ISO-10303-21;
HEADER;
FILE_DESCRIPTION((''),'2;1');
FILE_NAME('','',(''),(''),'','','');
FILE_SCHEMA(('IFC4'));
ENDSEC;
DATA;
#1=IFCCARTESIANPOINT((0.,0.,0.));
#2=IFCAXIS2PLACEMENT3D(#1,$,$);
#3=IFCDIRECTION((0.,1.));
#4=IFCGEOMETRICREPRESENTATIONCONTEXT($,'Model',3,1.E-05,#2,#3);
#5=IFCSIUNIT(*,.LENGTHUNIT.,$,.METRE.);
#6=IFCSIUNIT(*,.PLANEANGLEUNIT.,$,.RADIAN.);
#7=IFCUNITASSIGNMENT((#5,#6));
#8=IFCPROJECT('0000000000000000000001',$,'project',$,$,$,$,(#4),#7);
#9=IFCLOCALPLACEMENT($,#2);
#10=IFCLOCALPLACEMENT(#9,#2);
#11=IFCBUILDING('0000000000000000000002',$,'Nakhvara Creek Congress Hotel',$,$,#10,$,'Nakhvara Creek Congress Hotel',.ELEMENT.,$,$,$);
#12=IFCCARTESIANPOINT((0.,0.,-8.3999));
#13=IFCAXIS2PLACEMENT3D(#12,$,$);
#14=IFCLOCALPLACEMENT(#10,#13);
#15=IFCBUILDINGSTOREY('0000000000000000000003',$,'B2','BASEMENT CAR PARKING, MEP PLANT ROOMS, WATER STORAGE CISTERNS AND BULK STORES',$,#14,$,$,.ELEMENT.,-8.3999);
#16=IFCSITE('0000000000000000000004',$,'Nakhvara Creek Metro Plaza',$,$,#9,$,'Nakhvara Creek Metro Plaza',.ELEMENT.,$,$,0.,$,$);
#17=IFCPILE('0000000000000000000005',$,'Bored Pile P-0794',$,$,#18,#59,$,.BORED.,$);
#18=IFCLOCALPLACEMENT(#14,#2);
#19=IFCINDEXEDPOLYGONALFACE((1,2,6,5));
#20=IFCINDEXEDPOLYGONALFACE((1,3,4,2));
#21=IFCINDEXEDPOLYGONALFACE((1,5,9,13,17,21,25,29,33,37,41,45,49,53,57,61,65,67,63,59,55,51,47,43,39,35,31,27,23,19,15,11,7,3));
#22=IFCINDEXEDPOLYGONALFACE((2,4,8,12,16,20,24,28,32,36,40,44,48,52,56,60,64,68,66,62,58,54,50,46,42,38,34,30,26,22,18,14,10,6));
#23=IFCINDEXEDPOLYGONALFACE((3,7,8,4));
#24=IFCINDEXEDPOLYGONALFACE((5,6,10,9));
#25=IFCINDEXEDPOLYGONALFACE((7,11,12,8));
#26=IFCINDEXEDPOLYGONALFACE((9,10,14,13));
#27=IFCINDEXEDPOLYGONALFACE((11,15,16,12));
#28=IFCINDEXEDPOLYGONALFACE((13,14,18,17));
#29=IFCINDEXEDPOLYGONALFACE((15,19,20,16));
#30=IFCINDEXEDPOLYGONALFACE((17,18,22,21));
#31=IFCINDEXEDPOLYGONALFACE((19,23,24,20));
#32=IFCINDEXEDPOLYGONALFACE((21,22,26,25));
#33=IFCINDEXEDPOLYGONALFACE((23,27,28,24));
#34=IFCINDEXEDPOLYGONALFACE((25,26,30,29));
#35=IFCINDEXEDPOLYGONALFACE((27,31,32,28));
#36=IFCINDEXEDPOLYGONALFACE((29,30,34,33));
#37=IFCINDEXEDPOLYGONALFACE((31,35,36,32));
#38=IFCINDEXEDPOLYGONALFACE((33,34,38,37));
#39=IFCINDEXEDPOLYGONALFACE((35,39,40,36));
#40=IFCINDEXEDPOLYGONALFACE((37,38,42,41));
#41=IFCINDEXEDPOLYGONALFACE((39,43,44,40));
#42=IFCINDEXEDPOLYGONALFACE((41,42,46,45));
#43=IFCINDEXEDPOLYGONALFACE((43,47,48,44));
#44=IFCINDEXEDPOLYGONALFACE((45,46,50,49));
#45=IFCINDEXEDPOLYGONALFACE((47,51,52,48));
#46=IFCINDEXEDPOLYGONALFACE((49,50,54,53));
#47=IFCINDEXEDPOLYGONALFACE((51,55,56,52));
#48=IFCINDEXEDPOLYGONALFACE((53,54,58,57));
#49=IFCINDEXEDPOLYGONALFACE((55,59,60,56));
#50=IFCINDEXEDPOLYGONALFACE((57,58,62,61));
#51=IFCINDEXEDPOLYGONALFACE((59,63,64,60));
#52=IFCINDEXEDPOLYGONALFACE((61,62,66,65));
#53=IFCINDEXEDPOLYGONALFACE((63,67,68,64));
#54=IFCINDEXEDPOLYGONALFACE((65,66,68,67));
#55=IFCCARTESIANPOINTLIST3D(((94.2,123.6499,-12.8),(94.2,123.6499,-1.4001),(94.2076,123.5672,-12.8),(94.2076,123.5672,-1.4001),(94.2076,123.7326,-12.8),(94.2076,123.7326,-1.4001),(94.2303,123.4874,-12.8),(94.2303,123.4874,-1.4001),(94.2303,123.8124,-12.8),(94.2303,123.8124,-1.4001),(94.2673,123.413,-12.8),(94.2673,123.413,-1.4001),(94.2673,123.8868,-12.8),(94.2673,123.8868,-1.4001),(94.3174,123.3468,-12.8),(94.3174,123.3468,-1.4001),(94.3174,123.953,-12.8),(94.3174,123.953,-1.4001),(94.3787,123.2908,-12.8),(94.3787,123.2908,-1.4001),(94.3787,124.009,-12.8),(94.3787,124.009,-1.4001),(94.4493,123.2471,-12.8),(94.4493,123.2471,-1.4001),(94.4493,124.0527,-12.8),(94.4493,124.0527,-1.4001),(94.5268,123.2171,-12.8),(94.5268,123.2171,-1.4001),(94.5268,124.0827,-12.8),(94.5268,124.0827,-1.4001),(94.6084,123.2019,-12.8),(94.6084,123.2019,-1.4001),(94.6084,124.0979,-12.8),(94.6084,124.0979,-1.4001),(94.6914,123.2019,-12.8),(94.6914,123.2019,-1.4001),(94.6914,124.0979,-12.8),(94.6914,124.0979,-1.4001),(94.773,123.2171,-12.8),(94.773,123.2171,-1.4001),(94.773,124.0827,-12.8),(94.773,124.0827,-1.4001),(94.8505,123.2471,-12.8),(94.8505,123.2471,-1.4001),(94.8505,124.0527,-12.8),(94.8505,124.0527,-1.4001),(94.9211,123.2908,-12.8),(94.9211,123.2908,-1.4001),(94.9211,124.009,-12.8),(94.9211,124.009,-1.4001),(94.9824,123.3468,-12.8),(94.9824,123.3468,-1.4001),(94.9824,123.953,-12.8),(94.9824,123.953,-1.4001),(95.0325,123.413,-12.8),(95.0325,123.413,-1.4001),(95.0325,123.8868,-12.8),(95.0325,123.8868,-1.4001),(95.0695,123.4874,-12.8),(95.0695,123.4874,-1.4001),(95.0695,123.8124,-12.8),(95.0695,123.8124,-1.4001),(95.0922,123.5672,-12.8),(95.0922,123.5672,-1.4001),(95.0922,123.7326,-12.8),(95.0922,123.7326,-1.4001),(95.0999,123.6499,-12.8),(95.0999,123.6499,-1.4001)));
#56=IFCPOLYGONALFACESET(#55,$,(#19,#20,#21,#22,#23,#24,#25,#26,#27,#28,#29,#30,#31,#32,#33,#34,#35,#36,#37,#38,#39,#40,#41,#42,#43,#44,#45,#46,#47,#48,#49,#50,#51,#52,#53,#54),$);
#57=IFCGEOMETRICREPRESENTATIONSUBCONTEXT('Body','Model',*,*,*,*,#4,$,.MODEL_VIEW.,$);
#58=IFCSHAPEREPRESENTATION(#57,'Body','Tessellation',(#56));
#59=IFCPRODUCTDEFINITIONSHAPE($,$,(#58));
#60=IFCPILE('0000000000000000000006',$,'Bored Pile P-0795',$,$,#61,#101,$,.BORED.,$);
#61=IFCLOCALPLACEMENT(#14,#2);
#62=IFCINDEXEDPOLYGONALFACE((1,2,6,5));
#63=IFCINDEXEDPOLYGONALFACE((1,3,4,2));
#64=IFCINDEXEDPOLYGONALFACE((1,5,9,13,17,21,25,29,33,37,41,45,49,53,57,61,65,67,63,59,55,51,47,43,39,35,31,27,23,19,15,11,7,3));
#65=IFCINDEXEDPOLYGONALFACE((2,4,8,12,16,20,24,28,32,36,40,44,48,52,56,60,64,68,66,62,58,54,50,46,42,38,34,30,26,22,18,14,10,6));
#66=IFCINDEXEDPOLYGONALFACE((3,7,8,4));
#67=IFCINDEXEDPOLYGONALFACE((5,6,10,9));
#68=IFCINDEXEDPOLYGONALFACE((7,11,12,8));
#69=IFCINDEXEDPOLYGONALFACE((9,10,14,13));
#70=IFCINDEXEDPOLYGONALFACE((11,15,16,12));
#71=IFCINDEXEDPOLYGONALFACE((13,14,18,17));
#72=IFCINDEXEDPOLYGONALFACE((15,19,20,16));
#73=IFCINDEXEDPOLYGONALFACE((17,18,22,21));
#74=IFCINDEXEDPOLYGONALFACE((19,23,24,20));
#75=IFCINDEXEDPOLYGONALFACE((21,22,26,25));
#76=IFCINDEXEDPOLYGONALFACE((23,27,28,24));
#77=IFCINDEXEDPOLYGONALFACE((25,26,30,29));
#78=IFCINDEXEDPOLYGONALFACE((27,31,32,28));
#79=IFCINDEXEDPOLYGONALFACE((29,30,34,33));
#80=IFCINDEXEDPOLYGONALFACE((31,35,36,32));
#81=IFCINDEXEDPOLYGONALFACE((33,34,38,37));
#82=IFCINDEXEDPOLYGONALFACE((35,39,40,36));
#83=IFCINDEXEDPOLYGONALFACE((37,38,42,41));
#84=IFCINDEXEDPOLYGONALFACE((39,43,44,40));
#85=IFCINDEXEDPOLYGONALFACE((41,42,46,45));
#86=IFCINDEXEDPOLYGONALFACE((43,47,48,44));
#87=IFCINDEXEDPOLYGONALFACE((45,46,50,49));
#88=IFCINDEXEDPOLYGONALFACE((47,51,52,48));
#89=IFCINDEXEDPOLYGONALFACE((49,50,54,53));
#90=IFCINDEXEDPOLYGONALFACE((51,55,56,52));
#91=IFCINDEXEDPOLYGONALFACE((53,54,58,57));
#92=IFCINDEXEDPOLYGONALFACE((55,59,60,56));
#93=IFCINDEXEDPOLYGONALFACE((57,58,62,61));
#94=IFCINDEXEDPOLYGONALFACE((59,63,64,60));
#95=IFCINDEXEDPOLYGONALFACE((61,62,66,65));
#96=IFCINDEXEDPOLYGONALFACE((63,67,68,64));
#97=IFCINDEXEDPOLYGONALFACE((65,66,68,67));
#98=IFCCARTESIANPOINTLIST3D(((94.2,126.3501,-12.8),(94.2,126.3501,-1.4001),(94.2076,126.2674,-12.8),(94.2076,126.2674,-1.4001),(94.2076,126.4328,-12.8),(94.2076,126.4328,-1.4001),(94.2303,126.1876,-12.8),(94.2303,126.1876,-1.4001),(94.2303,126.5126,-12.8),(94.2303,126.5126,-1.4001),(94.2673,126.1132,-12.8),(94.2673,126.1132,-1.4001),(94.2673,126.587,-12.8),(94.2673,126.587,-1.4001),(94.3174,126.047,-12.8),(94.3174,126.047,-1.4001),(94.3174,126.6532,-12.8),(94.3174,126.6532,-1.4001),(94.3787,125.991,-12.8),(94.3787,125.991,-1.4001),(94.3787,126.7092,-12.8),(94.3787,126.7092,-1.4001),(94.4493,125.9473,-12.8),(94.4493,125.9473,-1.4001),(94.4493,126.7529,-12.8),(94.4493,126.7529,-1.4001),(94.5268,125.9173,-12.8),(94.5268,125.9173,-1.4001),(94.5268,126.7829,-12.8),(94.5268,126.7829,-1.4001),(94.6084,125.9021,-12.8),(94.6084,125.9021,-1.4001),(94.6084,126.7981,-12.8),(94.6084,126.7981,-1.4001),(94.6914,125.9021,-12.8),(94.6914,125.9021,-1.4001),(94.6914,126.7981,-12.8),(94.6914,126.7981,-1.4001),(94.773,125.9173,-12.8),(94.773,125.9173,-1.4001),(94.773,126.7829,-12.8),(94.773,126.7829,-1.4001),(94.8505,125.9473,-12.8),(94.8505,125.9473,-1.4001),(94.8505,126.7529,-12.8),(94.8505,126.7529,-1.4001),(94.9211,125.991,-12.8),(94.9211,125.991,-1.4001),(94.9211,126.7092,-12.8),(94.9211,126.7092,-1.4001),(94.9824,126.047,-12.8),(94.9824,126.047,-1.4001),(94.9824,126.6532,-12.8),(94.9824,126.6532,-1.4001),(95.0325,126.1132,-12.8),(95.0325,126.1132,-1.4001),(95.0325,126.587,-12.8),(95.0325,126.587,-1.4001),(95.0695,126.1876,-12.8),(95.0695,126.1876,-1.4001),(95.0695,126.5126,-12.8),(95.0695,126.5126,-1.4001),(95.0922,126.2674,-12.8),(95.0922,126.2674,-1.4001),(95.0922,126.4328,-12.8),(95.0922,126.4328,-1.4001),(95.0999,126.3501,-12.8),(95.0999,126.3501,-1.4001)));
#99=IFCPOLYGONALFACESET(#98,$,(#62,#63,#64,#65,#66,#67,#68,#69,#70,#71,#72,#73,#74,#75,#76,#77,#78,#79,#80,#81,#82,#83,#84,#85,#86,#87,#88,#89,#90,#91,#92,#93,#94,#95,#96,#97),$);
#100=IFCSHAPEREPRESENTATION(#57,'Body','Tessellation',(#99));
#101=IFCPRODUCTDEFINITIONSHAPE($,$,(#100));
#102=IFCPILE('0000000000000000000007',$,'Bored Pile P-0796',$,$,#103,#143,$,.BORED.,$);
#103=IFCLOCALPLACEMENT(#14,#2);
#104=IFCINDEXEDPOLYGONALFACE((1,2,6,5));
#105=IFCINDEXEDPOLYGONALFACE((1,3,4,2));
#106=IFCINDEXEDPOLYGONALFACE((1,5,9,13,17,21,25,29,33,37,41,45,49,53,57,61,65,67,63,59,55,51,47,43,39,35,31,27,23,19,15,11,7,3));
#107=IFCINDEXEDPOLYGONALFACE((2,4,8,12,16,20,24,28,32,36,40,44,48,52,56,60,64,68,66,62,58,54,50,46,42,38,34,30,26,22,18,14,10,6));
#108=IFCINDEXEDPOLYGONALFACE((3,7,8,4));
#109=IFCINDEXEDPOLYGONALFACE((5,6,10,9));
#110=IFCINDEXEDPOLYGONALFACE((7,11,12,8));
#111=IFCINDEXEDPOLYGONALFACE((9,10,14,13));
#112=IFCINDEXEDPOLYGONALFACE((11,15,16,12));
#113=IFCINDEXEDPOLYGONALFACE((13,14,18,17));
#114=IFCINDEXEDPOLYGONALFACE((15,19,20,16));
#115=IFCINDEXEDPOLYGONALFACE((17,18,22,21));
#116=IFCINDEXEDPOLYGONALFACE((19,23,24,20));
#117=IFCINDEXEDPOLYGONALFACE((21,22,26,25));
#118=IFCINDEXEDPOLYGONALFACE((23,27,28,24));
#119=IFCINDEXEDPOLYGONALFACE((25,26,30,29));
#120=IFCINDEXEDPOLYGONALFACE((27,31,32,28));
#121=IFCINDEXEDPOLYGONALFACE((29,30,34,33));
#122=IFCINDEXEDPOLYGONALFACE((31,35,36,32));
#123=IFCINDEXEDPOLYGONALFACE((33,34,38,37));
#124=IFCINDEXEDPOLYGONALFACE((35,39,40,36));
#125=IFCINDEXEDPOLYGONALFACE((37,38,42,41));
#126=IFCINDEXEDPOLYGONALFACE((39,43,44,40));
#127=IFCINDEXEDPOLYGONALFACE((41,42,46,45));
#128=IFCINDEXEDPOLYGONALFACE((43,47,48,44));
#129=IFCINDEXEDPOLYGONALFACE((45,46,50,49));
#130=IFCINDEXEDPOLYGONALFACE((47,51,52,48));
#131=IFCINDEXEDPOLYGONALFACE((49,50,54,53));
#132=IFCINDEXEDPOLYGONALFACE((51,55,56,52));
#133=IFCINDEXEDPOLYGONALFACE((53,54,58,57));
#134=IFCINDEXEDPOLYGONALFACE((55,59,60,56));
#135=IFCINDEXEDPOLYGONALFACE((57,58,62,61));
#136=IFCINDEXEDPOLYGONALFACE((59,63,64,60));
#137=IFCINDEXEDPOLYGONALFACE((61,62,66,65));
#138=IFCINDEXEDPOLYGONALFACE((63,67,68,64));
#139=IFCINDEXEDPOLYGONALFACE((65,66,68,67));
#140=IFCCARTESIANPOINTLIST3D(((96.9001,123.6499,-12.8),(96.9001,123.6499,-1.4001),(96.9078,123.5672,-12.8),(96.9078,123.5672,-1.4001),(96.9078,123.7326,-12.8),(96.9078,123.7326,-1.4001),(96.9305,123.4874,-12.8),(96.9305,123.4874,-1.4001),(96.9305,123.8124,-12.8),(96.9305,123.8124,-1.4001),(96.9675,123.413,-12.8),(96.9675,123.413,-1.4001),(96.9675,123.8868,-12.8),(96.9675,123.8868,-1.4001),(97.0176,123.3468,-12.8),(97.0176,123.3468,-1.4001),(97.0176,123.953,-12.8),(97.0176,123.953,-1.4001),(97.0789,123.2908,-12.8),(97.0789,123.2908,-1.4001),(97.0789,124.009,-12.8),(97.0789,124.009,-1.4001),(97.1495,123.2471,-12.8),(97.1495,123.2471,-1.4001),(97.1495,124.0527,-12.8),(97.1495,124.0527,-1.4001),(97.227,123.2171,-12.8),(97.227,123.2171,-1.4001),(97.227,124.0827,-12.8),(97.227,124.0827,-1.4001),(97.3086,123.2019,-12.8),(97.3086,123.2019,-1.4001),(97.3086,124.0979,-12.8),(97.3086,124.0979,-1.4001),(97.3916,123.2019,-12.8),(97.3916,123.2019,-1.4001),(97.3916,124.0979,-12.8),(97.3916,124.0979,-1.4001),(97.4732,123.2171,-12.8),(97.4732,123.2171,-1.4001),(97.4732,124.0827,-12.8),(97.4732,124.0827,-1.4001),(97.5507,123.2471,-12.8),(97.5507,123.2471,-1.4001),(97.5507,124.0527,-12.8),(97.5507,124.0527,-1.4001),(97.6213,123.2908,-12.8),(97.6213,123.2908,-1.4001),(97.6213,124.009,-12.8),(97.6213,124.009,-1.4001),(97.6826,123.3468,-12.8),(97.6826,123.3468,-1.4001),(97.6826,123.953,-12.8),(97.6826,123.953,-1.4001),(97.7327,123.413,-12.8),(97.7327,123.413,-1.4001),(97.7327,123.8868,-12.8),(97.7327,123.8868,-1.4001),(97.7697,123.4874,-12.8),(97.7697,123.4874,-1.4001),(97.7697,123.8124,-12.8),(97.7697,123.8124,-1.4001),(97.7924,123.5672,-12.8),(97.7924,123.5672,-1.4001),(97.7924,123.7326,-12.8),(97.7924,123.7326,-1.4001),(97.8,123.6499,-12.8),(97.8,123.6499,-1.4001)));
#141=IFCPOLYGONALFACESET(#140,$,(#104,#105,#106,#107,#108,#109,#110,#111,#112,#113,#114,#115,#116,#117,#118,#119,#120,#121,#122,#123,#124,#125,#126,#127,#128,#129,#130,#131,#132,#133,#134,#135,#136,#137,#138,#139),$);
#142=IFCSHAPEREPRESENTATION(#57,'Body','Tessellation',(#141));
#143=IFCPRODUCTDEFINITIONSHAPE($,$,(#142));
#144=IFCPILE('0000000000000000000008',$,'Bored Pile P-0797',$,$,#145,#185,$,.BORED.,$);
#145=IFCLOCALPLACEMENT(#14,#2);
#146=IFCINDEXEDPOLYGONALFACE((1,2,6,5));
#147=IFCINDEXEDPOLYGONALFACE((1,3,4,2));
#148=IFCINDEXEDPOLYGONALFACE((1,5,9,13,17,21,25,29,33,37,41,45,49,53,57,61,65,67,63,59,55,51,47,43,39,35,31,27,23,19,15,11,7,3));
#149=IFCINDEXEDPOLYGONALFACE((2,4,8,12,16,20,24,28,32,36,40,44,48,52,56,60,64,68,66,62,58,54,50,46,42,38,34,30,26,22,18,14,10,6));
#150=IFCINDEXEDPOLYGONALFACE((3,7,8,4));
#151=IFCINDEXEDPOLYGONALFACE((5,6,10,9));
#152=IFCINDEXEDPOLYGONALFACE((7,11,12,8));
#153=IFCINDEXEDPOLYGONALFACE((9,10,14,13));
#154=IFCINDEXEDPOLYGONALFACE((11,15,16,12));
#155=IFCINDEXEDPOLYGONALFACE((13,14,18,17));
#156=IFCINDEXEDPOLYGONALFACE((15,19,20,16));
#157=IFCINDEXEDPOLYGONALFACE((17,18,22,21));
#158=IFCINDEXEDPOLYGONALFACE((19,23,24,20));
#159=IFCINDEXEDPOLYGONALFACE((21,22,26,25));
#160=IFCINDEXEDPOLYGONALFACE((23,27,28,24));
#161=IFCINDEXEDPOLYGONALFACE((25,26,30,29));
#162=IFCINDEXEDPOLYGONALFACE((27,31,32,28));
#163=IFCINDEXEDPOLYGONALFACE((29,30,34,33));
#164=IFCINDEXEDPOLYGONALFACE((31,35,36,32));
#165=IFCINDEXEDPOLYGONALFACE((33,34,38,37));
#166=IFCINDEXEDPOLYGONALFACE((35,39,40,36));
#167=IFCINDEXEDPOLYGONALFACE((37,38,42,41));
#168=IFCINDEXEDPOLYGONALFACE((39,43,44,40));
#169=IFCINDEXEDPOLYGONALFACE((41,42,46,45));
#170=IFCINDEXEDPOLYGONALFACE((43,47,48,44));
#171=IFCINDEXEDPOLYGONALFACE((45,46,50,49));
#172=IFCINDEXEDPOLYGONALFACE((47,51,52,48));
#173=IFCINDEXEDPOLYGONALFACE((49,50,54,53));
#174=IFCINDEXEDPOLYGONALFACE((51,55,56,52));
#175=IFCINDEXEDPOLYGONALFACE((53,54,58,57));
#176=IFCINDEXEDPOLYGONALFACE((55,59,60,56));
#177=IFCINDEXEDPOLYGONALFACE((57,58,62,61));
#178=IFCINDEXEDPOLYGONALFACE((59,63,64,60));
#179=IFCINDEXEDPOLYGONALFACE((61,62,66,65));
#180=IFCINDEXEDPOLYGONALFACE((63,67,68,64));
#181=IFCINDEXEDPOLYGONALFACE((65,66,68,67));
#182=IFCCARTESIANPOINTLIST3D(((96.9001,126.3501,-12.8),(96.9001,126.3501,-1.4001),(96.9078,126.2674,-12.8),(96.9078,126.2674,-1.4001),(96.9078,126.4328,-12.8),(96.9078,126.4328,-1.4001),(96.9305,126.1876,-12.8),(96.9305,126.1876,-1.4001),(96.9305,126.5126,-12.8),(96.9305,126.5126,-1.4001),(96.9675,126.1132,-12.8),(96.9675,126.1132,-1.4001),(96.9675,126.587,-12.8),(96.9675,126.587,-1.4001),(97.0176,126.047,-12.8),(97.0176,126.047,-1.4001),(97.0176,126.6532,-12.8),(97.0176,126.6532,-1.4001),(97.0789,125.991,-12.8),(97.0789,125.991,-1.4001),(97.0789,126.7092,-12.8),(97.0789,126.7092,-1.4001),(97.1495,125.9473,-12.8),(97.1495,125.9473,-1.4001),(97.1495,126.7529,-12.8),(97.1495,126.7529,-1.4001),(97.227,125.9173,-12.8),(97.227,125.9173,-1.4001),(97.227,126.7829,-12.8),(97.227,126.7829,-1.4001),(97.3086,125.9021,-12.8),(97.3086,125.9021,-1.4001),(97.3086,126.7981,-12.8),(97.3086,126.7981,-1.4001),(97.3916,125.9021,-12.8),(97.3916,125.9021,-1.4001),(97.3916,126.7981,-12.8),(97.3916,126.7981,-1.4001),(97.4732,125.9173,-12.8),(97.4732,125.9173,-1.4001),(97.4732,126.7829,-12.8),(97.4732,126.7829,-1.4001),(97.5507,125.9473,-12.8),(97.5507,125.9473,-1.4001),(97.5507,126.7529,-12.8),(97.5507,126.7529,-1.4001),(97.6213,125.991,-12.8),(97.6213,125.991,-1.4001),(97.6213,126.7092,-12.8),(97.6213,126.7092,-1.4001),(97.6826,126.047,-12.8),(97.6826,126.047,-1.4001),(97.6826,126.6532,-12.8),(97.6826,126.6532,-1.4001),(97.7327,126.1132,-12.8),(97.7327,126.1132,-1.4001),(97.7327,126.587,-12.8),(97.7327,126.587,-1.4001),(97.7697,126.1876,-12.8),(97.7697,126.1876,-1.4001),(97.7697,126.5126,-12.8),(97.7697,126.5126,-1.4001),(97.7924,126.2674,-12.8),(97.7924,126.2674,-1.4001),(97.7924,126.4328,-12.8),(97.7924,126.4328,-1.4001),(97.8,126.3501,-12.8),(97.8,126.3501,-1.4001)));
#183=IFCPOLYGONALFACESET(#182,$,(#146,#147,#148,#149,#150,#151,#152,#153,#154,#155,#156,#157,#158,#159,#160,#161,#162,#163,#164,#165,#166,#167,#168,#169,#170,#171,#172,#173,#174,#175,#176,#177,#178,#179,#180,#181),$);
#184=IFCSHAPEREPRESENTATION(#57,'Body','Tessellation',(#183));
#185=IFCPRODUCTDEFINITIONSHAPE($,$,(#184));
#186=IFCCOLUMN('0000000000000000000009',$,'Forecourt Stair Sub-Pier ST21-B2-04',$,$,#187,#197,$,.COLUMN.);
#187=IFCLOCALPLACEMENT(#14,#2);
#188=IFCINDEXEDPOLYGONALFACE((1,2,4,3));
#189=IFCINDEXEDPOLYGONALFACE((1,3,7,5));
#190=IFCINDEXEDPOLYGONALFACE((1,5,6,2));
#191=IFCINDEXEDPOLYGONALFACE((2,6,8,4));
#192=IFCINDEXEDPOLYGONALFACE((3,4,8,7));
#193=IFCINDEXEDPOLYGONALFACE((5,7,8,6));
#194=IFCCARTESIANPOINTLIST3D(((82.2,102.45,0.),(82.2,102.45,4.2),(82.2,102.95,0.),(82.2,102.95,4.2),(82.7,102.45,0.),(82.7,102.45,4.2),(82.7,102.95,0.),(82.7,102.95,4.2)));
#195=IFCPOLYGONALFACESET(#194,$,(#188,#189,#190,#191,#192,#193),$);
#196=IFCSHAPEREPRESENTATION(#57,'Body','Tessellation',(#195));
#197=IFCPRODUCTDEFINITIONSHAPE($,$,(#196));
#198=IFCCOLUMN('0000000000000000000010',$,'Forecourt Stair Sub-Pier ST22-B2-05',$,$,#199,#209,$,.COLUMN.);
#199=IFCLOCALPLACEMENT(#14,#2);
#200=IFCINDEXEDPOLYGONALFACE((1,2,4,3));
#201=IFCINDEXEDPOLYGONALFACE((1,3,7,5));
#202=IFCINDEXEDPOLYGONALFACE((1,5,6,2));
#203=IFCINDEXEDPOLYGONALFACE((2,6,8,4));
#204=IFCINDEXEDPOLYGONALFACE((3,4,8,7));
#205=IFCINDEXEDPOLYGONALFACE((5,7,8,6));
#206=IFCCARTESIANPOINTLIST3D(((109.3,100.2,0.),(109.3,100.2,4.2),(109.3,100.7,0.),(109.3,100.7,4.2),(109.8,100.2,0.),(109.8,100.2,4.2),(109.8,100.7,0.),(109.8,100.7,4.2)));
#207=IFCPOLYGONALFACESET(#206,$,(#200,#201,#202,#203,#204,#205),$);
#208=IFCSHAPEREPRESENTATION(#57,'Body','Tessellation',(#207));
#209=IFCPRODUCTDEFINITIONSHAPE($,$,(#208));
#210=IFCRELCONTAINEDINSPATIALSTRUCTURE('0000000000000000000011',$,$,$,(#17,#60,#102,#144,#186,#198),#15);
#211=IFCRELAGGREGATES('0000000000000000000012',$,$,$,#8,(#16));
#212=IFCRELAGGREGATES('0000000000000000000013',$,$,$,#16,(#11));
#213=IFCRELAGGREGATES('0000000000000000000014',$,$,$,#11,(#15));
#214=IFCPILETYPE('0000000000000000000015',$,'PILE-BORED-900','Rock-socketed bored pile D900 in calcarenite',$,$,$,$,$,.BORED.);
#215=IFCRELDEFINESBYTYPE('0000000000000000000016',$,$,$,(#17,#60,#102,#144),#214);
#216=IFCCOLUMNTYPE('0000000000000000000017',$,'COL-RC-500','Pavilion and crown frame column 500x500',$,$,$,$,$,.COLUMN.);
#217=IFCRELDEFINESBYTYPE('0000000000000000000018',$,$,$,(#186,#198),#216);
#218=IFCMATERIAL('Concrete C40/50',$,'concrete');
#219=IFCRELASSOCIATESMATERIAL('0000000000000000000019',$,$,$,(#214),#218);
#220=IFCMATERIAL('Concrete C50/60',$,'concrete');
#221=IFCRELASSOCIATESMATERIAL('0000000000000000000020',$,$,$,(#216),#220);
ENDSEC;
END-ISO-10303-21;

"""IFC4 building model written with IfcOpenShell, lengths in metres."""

from ifc_helpers import new_model, si_unit, direction, frame, origin, origin_2d, place, context, subcontext, project, spatial, rectangle, circle, extrude, material, material_profile, profile_set, type_object, element, save


model = new_model("IFC4")

# Units and contexts
model_context = context("Model", 3, precision=1e-05, world=origin(), true_north=direction((0.0, 1.0)))
body_context = subcontext(model_context, "Body", "Model", "MODEL_VIEW")
ifc_project = project(units=[si_unit("LENGTHUNIT", "METRE"), si_unit("PLANEANGLEUNIT", "RADIAN")], contexts=[model_context])

# Site, building, storey
site_placement = place(None, origin())
site = spatial("IfcSite", under=ifc_project, at=site_placement, Name="Nakhvara Creek Metro Plaza", LongName="Nakhvara Creek Metro Plaza", CompositionType="ELEMENT", RefElevation=0.0)
building_placement = place(site_placement, origin())
building = spatial("IfcBuilding", under=site, at=building_placement, Name="Nakhvara Creek Congress Hotel", LongName="Nakhvara Creek Congress Hotel", CompositionType="ELEMENT")
storey_placement = place(building_placement, frame((0.0, 0.0, -8.3999)))
storey = spatial("IfcBuildingStorey", under=building, at=storey_placement, Name="B2", Description="BASEMENT CAR PARKING, MEP PLANT ROOMS, WATER STORAGE CISTERNS AND BULK STORES", CompositionType="ELEMENT", Elevation=-8.3999)

# Shared definitions
ifc_material_1 = material(Name="Concrete C40/50", Category="concrete")

# Piles
ifc_material_profile_1 = material_profile(ifc_material_1, circle(Radius=0.45, at=origin_2d()), Name="BORED PILE D900", Category="LoadBearing")
ifc_profile_set_1 = profile_set([ifc_material_profile_1], Name="Concrete C40/50")
pile_type = type_object("IfcPileType", Name="PILE-BORED-900", Description="Rock-socketed bored pile D900 in calcarenite", PredefinedType="BORED", material=ifc_profile_set_1)
for number, where, z_axis, x_axis, name in (
    (1, (94.6499, 123.6499, -1.4001), (0.0, 0.0, -1.0), (1.0, 0.0, 0.0), "Bored Pile P-0794"),
    (2, (94.6499, 126.3501, -1.4001), (0.0, 0.0, -1.0), (1.0, 0.0, 0.0), "Bored Pile P-0795"),
    (3, (97.3501, 123.6499, -1.4001), (0.0, 0.0, -1.0), (1.0, 0.0, 0.0), "Bored Pile P-0796"),
    (4, (97.3501, 126.3501, -1.4001), (0.0, 0.0, -1.0), (1.0, 0.0, 0.0), "Bored Pile P-0797"),
):
    element("IfcPile", number, at=place(storey_placement, frame(where, z_axis=z_axis, x_axis=x_axis)), inside=storey, type_object=pile_type, Name=name, PredefinedType="BORED", context=body_context, shape_type="SweptSolid", body=[
        extrude(circle(Radius=0.45, at=origin_2d()), origin(), (0.0, 0.0, 1.0), 11.3999),
    ])

# Columns
ifc_material_2 = material(Name="Concrete C50/60", Category="concrete")
ifc_material_profile_2 = material_profile(ifc_material_2, rectangle(XDim=0.5, YDim=0.5, at=origin_2d()), Name="RC-COL 500x500", Category="LoadBearing")
ifc_profile_set_2 = profile_set([ifc_material_profile_2], Name="Concrete C50/60")
column_type_1 = type_object("IfcColumnType", Name="COL-RC-500", Description="Pavilion and crown frame column 500x500", PredefinedType="COLUMN", material=ifc_profile_set_2)
for number, where, z_axis, x_axis, name in (
    (5, (82.45, 102.7, 0.0), (0.0, 0.0, 1.0), (1.0, 0.0, 0.0), "Forecourt Stair Sub-Pier ST21-B2-04"),
    (6, (109.55, 100.45, 0.0), (0.0, 0.0, 1.0), (1.0, 0.0, 0.0), "Forecourt Stair Sub-Pier ST22-B2-05"),
):
    element("IfcColumn", number, at=place(storey_placement, frame(where, z_axis=z_axis, x_axis=x_axis)), inside=storey, type_object=column_type_1, Name=name, PredefinedType="COLUMN", context=body_context, shape_type="SweptSolid", body=[
        extrude(rectangle(XDim=0.5, YDim=0.5, at=origin_2d()), origin(), (0.0, 0.0, 1.0), 4.2),
    ])

save(model, "model.ifc")
